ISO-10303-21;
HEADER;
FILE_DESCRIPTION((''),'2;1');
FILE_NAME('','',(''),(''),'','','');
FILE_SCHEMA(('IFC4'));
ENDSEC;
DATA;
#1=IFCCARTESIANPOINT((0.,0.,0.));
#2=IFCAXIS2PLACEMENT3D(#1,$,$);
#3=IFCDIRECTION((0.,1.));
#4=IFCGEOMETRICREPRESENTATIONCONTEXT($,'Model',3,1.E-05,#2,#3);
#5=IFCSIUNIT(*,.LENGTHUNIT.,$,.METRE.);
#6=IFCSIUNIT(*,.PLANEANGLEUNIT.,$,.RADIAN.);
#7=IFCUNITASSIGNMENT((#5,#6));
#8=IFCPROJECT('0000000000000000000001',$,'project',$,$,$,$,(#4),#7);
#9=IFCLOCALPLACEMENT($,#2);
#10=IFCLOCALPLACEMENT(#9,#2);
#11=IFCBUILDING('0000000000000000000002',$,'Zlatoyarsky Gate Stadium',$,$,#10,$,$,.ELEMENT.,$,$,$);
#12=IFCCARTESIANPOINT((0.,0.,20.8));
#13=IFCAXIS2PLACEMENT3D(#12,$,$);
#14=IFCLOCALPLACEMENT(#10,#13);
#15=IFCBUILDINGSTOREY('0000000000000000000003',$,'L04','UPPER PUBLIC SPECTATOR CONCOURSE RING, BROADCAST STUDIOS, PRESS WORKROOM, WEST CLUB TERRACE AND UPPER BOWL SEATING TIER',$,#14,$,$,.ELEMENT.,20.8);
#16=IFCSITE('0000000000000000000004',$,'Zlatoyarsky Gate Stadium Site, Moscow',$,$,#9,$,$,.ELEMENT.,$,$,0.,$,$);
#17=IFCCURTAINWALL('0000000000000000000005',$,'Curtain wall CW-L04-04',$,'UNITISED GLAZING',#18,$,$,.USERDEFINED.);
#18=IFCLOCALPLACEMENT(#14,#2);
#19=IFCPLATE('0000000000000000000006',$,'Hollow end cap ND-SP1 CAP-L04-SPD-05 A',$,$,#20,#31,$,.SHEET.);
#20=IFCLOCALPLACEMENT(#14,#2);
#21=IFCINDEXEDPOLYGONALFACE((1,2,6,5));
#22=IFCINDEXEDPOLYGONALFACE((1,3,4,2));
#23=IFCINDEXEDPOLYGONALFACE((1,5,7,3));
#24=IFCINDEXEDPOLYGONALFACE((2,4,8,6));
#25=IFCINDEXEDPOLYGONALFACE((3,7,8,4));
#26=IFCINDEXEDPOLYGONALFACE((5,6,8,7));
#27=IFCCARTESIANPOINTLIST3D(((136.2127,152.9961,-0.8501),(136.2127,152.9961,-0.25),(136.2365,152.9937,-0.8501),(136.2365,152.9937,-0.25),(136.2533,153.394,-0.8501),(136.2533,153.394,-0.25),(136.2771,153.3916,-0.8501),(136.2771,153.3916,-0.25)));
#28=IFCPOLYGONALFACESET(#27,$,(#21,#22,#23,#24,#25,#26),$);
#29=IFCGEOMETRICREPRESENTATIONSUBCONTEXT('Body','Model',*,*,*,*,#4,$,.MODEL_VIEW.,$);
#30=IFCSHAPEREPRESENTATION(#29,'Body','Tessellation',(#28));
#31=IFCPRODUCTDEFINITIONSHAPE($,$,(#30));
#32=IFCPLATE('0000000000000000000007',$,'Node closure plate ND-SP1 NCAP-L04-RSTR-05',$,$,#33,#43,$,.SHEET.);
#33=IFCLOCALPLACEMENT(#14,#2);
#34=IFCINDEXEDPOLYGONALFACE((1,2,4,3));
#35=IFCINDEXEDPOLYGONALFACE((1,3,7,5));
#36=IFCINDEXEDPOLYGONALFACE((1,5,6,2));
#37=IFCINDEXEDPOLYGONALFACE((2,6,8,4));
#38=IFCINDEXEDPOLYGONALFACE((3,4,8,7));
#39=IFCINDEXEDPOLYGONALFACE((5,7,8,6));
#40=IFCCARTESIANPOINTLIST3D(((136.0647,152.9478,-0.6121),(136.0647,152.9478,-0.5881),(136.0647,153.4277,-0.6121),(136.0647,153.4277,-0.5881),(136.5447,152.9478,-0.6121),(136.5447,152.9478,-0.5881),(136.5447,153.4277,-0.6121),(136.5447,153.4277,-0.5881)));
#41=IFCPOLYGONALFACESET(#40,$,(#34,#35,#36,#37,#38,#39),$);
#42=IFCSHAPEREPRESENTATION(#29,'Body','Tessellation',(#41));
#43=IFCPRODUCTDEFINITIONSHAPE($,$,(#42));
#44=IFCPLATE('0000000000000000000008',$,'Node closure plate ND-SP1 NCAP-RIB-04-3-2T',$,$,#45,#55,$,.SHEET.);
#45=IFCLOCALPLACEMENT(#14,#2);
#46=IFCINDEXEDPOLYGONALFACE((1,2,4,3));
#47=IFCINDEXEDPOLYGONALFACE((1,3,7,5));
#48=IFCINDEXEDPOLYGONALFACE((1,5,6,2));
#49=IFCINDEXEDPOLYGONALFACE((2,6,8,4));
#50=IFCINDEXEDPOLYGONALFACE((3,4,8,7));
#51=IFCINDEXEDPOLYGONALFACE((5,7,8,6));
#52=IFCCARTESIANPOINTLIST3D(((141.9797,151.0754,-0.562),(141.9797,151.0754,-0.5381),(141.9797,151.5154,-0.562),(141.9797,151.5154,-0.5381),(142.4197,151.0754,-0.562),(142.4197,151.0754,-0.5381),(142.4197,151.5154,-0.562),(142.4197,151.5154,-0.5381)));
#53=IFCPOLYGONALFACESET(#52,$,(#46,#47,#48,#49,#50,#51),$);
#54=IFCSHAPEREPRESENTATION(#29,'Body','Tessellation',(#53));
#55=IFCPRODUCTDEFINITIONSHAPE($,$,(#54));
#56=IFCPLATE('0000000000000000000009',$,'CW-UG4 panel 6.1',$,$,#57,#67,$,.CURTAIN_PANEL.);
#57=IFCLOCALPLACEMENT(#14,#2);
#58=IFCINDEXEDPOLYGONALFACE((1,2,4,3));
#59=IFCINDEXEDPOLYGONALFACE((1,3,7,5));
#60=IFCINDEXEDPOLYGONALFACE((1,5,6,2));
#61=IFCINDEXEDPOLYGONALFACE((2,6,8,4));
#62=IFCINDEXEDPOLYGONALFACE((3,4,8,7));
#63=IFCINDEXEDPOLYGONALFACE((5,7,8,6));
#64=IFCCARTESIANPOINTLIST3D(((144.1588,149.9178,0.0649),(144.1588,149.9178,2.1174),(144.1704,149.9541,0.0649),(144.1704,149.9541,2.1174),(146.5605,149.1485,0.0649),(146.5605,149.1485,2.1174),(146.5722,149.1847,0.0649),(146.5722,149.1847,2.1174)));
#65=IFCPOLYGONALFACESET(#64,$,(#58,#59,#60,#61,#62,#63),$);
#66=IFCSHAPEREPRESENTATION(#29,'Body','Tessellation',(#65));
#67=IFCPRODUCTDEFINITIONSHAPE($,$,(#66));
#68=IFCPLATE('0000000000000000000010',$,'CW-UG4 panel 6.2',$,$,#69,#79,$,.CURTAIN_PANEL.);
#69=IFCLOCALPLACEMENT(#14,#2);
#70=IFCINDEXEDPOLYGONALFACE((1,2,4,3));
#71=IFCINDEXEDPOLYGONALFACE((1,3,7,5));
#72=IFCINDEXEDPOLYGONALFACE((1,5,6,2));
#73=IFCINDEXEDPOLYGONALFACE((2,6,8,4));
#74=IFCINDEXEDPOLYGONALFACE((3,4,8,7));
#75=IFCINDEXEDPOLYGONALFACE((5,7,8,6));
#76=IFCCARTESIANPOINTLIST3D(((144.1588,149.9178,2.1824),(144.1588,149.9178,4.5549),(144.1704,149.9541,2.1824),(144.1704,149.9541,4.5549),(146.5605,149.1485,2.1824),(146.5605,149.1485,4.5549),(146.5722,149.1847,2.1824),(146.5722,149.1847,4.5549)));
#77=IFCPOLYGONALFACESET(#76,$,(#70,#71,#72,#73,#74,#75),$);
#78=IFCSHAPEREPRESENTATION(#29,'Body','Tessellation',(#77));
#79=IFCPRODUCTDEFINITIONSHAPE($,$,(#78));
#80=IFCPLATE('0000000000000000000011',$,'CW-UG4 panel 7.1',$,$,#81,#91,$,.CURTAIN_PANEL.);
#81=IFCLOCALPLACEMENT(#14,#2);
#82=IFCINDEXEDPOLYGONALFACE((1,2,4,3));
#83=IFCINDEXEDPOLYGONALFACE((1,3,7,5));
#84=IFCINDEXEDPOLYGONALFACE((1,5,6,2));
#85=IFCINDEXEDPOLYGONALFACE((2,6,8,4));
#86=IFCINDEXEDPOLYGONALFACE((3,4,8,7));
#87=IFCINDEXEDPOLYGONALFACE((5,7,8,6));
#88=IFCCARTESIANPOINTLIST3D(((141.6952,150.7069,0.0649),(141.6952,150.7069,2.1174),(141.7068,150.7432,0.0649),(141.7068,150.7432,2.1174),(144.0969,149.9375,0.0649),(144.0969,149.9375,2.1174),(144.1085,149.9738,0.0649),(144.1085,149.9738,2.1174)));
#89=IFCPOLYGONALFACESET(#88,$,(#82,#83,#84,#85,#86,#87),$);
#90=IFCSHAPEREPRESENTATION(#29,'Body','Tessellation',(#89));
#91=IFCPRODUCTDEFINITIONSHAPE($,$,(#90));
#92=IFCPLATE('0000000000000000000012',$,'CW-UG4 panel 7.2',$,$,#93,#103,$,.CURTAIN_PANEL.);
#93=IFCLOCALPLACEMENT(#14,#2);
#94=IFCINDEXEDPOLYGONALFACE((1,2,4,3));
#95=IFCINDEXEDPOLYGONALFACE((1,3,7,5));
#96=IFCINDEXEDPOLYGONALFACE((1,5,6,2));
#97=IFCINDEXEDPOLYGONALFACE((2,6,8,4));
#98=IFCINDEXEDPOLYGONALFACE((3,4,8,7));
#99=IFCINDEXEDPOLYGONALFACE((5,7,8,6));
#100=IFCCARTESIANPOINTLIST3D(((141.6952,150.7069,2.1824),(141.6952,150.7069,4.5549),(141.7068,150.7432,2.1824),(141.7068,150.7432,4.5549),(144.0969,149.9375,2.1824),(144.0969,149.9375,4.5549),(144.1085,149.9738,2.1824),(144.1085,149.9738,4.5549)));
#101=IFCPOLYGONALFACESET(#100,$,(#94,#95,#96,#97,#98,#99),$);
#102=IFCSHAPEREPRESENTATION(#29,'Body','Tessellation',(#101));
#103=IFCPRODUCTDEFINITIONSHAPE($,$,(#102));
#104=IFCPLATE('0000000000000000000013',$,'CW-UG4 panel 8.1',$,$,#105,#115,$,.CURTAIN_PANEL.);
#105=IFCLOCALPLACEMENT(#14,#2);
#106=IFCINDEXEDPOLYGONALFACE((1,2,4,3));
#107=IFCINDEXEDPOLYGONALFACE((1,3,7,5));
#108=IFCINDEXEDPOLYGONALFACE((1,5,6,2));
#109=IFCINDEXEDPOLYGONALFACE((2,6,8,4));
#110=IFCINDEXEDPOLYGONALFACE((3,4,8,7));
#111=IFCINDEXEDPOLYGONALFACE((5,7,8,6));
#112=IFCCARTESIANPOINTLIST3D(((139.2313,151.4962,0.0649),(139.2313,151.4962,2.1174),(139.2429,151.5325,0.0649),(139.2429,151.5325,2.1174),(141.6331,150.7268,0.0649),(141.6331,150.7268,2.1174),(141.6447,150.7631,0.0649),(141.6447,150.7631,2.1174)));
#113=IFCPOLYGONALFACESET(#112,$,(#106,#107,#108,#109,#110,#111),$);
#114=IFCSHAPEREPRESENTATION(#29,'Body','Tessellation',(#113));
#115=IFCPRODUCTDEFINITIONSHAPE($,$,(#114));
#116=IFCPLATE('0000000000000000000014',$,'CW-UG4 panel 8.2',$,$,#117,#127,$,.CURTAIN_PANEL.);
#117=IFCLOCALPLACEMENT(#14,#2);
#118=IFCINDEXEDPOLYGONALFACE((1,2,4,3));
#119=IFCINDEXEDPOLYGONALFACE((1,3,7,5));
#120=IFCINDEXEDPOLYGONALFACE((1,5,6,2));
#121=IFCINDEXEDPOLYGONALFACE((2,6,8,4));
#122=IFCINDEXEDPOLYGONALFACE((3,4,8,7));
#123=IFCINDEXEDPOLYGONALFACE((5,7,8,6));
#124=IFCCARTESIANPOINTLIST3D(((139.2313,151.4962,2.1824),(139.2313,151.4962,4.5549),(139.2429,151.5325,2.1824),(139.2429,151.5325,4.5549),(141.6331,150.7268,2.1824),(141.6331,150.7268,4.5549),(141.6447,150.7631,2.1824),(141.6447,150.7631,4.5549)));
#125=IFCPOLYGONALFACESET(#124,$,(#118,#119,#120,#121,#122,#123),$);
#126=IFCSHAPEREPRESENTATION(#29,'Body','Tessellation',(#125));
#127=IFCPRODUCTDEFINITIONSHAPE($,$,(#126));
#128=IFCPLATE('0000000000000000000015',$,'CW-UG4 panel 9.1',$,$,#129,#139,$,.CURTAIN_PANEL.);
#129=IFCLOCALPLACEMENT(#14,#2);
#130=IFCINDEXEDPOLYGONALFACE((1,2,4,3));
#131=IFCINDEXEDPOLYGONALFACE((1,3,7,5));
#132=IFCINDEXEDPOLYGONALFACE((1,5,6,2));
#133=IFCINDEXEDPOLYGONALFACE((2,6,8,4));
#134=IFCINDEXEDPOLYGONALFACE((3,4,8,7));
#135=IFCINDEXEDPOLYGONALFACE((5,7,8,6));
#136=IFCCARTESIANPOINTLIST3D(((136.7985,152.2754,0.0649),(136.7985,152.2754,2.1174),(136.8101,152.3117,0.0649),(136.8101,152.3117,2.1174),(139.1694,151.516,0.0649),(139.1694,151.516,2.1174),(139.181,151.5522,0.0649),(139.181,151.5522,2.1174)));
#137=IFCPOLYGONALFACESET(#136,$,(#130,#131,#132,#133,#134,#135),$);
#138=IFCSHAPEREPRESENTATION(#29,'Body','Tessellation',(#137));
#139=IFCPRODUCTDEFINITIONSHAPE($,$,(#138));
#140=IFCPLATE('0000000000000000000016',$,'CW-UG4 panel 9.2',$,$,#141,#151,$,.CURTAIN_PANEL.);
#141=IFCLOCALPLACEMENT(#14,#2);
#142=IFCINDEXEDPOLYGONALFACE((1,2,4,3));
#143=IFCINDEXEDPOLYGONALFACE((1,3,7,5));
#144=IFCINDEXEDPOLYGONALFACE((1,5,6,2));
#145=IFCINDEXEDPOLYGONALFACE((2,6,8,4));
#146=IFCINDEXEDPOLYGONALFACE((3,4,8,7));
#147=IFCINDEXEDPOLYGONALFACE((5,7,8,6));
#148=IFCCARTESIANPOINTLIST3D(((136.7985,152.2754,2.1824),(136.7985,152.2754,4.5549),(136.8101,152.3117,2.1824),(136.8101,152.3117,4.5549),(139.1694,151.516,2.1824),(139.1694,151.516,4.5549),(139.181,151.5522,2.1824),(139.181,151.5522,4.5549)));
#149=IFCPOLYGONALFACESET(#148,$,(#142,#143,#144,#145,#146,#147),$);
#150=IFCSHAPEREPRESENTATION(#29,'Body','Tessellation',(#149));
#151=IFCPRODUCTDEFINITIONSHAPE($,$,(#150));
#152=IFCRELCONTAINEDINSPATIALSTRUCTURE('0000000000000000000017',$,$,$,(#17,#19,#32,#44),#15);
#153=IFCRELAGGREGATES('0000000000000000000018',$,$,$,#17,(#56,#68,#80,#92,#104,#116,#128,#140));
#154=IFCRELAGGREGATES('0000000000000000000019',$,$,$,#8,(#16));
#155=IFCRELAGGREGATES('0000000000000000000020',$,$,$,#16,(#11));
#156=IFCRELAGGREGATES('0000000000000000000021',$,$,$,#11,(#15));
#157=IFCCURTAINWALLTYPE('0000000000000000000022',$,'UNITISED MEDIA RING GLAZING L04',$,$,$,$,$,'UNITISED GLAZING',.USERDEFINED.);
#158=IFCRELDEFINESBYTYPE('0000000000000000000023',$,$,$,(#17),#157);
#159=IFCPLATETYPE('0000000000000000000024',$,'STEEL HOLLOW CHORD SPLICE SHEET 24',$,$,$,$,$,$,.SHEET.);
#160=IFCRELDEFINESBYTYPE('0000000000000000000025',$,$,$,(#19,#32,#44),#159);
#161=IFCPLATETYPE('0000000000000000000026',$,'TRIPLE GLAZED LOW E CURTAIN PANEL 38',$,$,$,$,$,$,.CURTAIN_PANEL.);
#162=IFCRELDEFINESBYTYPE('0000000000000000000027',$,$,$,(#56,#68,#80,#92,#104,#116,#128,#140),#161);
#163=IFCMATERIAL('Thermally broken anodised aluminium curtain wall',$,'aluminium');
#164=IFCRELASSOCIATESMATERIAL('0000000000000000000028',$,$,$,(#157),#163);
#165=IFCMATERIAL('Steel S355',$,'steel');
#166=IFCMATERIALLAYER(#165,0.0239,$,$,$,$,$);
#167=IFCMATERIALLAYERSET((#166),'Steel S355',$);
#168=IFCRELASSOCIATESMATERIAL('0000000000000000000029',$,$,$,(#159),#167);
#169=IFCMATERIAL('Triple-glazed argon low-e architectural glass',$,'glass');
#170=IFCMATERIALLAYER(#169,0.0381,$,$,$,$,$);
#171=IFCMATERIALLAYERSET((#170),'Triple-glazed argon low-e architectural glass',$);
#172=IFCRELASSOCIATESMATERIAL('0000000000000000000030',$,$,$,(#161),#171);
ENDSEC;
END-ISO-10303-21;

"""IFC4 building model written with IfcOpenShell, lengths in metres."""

from ifc_helpers import new_model, si_unit, direction, frame, origin, origin_2d, place, context, subcontext, project, spatial, rectangle, extrude, material, layer, layer_set, type_object, element, aggregate, save


model = new_model("IFC4")

# Units and contexts
model_context = context("Model", 3, precision=1e-05, world=origin(), true_north=direction((0.0, 1.0)))
body_context = subcontext(model_context, "Body", "Model", "MODEL_VIEW")
ifc_project = project(units=[si_unit("LENGTHUNIT", "METRE"), si_unit("PLANEANGLEUNIT", "RADIAN")], contexts=[model_context])

# Site, building, storey
site_placement = place(None, origin())
site = spatial("IfcSite", under=ifc_project, at=site_placement, Name="Zlatoyarsky Gate Stadium Site, Moscow", CompositionType="ELEMENT", RefElevation=0.0)
building_placement = place(site_placement, origin())
building = spatial("IfcBuilding", under=site, at=building_placement, Name="Zlatoyarsky Gate Stadium", CompositionType="ELEMENT")
storey_placement = place(building_placement, frame((0.0, 0.0, 20.8)))
storey = spatial("IfcBuildingStorey", under=building, at=storey_placement, Name="L04", Description="UPPER PUBLIC SPECTATOR CONCOURSE RING, BROADCAST STUDIOS, PRESS WORKROOM, WEST CLUB TERRACE AND UPPER BOWL SEATING TIER", CompositionType="ELEMENT", Elevation=20.8)

# Shared definitions
ifc_material_1 = material(Name="Steel S355", Category="steel")

# Curtain wall
ifc_material_2 = material(Name="Thermally broken anodised aluminium curtain wall", Category="aluminium")
curtain_wall_type = type_object("IfcCurtainWallType", Name="UNITISED MEDIA RING GLAZING L04", ElementType="UNITISED GLAZING", PredefinedType="USERDEFINED", material=ifc_material_2)
curtain_wall_1_placement = place(storey_placement, origin())
curtain_wall_1 = element("IfcCurtainWall", 1, at=curtain_wall_1_placement, inside=storey, type_object=curtain_wall_type, Name="Curtain wall CW-L04-04", ObjectType="UNITISED GLAZING", PredefinedType="USERDEFINED")

# Plates
ifc_layer_1 = layer(ifc_material_1, 0.0239)
ifc_layer_set_1 = layer_set([ifc_layer_1], Name="Steel S355")
plate_type_1 = type_object("IfcPlateType", Name="STEEL HOLLOW CHORD SPLICE SHEET 24", PredefinedType="SHEET", material=ifc_layer_set_1)
for number, where, z_axis, x_axis, name in (
    (2, (136.2449, 153.1938, -0.8501), (0.0, 0.0, 1.0), (-0.994835, 0.101502, 0.0), "Hollow end cap ND-SP1 CAP-L04-SPD-05 A"),
):
    element("IfcPlate", number, at=place(storey_placement, frame(where, z_axis=z_axis, x_axis=x_axis)), inside=storey, type_object=plate_type_1, Name=name, PredefinedType="SHEET", context=body_context, shape_type="SweptSolid", body=[
        extrude(rectangle(XDim=0.0239, YDim=0.3999, at=origin_2d()), origin(), (0.0, 0.0, 1.0), 0.6001),
    ])
plate_1_placement = place(storey_placement, frame((136.3047, 153.1877, -0.6121), z_axis=(0.0, 0.0, 1.0), x_axis=(1.0, 0.0, 0.0)))
element("IfcPlate", 3, at=plate_1_placement, inside=storey, type_object=plate_type_1, Name="Node closure plate ND-SP1 NCAP-L04-RSTR-05", PredefinedType="SHEET", context=body_context, shape_type="SweptSolid", body=[
    extrude(rectangle(XDim=0.48, YDim=0.48, at=origin_2d()), origin(), (0.0, 0.0, 1.0), 0.0239),
])
plate_2_placement = place(storey_placement, frame((142.1997, 151.2954, -0.562), z_axis=(0.0, 0.0, 1.0), x_axis=(1.0, 0.0, 0.0)))
element("IfcPlate", 4, at=plate_2_placement, inside=storey, type_object=plate_type_1, Name="Node closure plate ND-SP1 NCAP-RIB-04-3-2T", PredefinedType="SHEET", context=body_context, shape_type="SweptSolid", body=[
    extrude(rectangle(XDim=0.4399, YDim=0.4399, at=origin_2d()), origin(), (0.0, 0.0, 1.0), 0.0239),
])

# Plates
ifc_material_3 = material(Name="Triple-glazed argon low-e architectural glass", Category="glass")
ifc_layer_2 = layer(ifc_material_3, 0.0381)
ifc_layer_set_2 = layer_set([ifc_layer_2], Name="Triple-glazed argon low-e architectural glass")
plate_type_2 = type_object("IfcPlateType", Name="TRIPLE GLAZED LOW E CURTAIN PANEL 38", PredefinedType="CURTAIN_PANEL", material=ifc_layer_set_2)
plate_3_placement = place(storey_placement, frame((145.3655, 149.5513, 0.0649), z_axis=(0.0, 0.0, 1.0), x_axis=(-0.952331, 0.305066, 0.0)))
plate_3 = element("IfcPlate", 5, at=plate_3_placement, type_object=plate_type_2, Name="CW-UG4 panel 6.1", PredefinedType="CURTAIN_PANEL", context=body_context, shape_type="SweptSolid", body=[
    extrude(rectangle(XDim=2.522, YDim=0.0381, at=origin_2d()), origin(), (0.0, 0.0, 1.0), 2.0525),
])
plate_4_placement = place(storey_placement, frame((145.3655, 149.5513, 2.1824), z_axis=(0.0, 0.0, 1.0), x_axis=(-0.952331, 0.305066, 0.0)))
plate_4 = element("IfcPlate", 6, at=plate_4_placement, type_object=plate_type_2, Name="CW-UG4 panel 6.2", PredefinedType="CURTAIN_PANEL", context=body_context, shape_type="SweptSolid", body=[
    extrude(rectangle(XDim=2.522, YDim=0.0381, at=origin_2d()), origin(), (0.0, 0.0, 1.0), 2.3726),
])
plate_5_placement = place(storey_placement, frame((142.9019, 150.3403, 0.0649), z_axis=(0.0, 0.0, 1.0), x_axis=(-0.952331, 0.305066, 0.0)))
plate_5 = element("IfcPlate", 7, at=plate_5_placement, type_object=plate_type_2, Name="CW-UG4 panel 7.1", PredefinedType="CURTAIN_PANEL", context=body_context, shape_type="SweptSolid", body=[
    extrude(rectangle(XDim=2.522, YDim=0.0381, at=origin_2d()), origin(), (0.0, 0.0, 1.0), 2.0525),
])
plate_6_placement = place(storey_placement, frame((142.9019, 150.3403, 2.1824), z_axis=(0.0, 0.0, 1.0), x_axis=(-0.952331, 0.305066, 0.0)))
plate_6 = element("IfcPlate", 8, at=plate_6_placement, type_object=plate_type_2, Name="CW-UG4 panel 7.2", PredefinedType="CURTAIN_PANEL", context=body_context, shape_type="SweptSolid", body=[
    extrude(rectangle(XDim=2.522, YDim=0.0381, at=origin_2d()), origin(), (0.0, 0.0, 1.0), 2.3726),
])
plate_7_placement = place(storey_placement, frame((140.438, 151.1296, 0.0649), z_axis=(0.0, 0.0, 1.0), x_axis=(-0.952331, 0.305066, 0.0)))
plate_7 = element("IfcPlate", 9, at=plate_7_placement, type_object=plate_type_2, Name="CW-UG4 panel 8.1", PredefinedType="CURTAIN_PANEL", context=body_context, shape_type="SweptSolid", body=[
    extrude(rectangle(XDim=2.522, YDim=0.0381, at=origin_2d()), origin(), (0.0, 0.0, 1.0), 2.0525),
])
plate_8_placement = place(storey_placement, frame((140.438, 151.1296, 2.1824), z_axis=(0.0, 0.0, 1.0), x_axis=(-0.952331, 0.305066, 0.0)))
plate_8 = element("IfcPlate", 10, at=plate_8_placement, type_object=plate_type_2, Name="CW-UG4 panel 8.2", PredefinedType="CURTAIN_PANEL", context=body_context, shape_type="SweptSolid", body=[
    extrude(rectangle(XDim=2.522, YDim=0.0381, at=origin_2d()), origin(), (0.0, 0.0, 1.0), 2.3726),
])
plate_9_placement = place(storey_placement, frame((137.9897, 151.9138, 0.0649), z_axis=(0.0, 0.0, 1.0), x_axis=(-0.952331, 0.305066, 0.0)))
plate_9 = element("IfcPlate", 11, at=plate_9_placement, type_object=plate_type_2, Name="CW-UG4 panel 9.1", PredefinedType="CURTAIN_PANEL", context=body_context, shape_type="SweptSolid", body=[
    extrude(rectangle(XDim=2.4895, YDim=0.0381, at=origin_2d()), origin(), (0.0, 0.0, 1.0), 2.0525),
])
plate_10_placement = place(storey_placement, frame((137.9897, 151.9138, 2.1824), z_axis=(0.0, 0.0, 1.0), x_axis=(-0.952331, 0.305066, 0.0)))
plate_10 = element("IfcPlate", 12, at=plate_10_placement, type_object=plate_type_2, Name="CW-UG4 panel 9.2", PredefinedType="CURTAIN_PANEL", context=body_context, shape_type="SweptSolid", body=[
    extrude(rectangle(XDim=2.4895, YDim=0.0381, at=origin_2d()), origin(), (0.0, 0.0, 1.0), 2.3726),
])
aggregate(curtain_wall_1, [plate_3, plate_4, plate_5, plate_6, plate_7, plate_8, plate_9, plate_10])

save(model, "model.ifc")
